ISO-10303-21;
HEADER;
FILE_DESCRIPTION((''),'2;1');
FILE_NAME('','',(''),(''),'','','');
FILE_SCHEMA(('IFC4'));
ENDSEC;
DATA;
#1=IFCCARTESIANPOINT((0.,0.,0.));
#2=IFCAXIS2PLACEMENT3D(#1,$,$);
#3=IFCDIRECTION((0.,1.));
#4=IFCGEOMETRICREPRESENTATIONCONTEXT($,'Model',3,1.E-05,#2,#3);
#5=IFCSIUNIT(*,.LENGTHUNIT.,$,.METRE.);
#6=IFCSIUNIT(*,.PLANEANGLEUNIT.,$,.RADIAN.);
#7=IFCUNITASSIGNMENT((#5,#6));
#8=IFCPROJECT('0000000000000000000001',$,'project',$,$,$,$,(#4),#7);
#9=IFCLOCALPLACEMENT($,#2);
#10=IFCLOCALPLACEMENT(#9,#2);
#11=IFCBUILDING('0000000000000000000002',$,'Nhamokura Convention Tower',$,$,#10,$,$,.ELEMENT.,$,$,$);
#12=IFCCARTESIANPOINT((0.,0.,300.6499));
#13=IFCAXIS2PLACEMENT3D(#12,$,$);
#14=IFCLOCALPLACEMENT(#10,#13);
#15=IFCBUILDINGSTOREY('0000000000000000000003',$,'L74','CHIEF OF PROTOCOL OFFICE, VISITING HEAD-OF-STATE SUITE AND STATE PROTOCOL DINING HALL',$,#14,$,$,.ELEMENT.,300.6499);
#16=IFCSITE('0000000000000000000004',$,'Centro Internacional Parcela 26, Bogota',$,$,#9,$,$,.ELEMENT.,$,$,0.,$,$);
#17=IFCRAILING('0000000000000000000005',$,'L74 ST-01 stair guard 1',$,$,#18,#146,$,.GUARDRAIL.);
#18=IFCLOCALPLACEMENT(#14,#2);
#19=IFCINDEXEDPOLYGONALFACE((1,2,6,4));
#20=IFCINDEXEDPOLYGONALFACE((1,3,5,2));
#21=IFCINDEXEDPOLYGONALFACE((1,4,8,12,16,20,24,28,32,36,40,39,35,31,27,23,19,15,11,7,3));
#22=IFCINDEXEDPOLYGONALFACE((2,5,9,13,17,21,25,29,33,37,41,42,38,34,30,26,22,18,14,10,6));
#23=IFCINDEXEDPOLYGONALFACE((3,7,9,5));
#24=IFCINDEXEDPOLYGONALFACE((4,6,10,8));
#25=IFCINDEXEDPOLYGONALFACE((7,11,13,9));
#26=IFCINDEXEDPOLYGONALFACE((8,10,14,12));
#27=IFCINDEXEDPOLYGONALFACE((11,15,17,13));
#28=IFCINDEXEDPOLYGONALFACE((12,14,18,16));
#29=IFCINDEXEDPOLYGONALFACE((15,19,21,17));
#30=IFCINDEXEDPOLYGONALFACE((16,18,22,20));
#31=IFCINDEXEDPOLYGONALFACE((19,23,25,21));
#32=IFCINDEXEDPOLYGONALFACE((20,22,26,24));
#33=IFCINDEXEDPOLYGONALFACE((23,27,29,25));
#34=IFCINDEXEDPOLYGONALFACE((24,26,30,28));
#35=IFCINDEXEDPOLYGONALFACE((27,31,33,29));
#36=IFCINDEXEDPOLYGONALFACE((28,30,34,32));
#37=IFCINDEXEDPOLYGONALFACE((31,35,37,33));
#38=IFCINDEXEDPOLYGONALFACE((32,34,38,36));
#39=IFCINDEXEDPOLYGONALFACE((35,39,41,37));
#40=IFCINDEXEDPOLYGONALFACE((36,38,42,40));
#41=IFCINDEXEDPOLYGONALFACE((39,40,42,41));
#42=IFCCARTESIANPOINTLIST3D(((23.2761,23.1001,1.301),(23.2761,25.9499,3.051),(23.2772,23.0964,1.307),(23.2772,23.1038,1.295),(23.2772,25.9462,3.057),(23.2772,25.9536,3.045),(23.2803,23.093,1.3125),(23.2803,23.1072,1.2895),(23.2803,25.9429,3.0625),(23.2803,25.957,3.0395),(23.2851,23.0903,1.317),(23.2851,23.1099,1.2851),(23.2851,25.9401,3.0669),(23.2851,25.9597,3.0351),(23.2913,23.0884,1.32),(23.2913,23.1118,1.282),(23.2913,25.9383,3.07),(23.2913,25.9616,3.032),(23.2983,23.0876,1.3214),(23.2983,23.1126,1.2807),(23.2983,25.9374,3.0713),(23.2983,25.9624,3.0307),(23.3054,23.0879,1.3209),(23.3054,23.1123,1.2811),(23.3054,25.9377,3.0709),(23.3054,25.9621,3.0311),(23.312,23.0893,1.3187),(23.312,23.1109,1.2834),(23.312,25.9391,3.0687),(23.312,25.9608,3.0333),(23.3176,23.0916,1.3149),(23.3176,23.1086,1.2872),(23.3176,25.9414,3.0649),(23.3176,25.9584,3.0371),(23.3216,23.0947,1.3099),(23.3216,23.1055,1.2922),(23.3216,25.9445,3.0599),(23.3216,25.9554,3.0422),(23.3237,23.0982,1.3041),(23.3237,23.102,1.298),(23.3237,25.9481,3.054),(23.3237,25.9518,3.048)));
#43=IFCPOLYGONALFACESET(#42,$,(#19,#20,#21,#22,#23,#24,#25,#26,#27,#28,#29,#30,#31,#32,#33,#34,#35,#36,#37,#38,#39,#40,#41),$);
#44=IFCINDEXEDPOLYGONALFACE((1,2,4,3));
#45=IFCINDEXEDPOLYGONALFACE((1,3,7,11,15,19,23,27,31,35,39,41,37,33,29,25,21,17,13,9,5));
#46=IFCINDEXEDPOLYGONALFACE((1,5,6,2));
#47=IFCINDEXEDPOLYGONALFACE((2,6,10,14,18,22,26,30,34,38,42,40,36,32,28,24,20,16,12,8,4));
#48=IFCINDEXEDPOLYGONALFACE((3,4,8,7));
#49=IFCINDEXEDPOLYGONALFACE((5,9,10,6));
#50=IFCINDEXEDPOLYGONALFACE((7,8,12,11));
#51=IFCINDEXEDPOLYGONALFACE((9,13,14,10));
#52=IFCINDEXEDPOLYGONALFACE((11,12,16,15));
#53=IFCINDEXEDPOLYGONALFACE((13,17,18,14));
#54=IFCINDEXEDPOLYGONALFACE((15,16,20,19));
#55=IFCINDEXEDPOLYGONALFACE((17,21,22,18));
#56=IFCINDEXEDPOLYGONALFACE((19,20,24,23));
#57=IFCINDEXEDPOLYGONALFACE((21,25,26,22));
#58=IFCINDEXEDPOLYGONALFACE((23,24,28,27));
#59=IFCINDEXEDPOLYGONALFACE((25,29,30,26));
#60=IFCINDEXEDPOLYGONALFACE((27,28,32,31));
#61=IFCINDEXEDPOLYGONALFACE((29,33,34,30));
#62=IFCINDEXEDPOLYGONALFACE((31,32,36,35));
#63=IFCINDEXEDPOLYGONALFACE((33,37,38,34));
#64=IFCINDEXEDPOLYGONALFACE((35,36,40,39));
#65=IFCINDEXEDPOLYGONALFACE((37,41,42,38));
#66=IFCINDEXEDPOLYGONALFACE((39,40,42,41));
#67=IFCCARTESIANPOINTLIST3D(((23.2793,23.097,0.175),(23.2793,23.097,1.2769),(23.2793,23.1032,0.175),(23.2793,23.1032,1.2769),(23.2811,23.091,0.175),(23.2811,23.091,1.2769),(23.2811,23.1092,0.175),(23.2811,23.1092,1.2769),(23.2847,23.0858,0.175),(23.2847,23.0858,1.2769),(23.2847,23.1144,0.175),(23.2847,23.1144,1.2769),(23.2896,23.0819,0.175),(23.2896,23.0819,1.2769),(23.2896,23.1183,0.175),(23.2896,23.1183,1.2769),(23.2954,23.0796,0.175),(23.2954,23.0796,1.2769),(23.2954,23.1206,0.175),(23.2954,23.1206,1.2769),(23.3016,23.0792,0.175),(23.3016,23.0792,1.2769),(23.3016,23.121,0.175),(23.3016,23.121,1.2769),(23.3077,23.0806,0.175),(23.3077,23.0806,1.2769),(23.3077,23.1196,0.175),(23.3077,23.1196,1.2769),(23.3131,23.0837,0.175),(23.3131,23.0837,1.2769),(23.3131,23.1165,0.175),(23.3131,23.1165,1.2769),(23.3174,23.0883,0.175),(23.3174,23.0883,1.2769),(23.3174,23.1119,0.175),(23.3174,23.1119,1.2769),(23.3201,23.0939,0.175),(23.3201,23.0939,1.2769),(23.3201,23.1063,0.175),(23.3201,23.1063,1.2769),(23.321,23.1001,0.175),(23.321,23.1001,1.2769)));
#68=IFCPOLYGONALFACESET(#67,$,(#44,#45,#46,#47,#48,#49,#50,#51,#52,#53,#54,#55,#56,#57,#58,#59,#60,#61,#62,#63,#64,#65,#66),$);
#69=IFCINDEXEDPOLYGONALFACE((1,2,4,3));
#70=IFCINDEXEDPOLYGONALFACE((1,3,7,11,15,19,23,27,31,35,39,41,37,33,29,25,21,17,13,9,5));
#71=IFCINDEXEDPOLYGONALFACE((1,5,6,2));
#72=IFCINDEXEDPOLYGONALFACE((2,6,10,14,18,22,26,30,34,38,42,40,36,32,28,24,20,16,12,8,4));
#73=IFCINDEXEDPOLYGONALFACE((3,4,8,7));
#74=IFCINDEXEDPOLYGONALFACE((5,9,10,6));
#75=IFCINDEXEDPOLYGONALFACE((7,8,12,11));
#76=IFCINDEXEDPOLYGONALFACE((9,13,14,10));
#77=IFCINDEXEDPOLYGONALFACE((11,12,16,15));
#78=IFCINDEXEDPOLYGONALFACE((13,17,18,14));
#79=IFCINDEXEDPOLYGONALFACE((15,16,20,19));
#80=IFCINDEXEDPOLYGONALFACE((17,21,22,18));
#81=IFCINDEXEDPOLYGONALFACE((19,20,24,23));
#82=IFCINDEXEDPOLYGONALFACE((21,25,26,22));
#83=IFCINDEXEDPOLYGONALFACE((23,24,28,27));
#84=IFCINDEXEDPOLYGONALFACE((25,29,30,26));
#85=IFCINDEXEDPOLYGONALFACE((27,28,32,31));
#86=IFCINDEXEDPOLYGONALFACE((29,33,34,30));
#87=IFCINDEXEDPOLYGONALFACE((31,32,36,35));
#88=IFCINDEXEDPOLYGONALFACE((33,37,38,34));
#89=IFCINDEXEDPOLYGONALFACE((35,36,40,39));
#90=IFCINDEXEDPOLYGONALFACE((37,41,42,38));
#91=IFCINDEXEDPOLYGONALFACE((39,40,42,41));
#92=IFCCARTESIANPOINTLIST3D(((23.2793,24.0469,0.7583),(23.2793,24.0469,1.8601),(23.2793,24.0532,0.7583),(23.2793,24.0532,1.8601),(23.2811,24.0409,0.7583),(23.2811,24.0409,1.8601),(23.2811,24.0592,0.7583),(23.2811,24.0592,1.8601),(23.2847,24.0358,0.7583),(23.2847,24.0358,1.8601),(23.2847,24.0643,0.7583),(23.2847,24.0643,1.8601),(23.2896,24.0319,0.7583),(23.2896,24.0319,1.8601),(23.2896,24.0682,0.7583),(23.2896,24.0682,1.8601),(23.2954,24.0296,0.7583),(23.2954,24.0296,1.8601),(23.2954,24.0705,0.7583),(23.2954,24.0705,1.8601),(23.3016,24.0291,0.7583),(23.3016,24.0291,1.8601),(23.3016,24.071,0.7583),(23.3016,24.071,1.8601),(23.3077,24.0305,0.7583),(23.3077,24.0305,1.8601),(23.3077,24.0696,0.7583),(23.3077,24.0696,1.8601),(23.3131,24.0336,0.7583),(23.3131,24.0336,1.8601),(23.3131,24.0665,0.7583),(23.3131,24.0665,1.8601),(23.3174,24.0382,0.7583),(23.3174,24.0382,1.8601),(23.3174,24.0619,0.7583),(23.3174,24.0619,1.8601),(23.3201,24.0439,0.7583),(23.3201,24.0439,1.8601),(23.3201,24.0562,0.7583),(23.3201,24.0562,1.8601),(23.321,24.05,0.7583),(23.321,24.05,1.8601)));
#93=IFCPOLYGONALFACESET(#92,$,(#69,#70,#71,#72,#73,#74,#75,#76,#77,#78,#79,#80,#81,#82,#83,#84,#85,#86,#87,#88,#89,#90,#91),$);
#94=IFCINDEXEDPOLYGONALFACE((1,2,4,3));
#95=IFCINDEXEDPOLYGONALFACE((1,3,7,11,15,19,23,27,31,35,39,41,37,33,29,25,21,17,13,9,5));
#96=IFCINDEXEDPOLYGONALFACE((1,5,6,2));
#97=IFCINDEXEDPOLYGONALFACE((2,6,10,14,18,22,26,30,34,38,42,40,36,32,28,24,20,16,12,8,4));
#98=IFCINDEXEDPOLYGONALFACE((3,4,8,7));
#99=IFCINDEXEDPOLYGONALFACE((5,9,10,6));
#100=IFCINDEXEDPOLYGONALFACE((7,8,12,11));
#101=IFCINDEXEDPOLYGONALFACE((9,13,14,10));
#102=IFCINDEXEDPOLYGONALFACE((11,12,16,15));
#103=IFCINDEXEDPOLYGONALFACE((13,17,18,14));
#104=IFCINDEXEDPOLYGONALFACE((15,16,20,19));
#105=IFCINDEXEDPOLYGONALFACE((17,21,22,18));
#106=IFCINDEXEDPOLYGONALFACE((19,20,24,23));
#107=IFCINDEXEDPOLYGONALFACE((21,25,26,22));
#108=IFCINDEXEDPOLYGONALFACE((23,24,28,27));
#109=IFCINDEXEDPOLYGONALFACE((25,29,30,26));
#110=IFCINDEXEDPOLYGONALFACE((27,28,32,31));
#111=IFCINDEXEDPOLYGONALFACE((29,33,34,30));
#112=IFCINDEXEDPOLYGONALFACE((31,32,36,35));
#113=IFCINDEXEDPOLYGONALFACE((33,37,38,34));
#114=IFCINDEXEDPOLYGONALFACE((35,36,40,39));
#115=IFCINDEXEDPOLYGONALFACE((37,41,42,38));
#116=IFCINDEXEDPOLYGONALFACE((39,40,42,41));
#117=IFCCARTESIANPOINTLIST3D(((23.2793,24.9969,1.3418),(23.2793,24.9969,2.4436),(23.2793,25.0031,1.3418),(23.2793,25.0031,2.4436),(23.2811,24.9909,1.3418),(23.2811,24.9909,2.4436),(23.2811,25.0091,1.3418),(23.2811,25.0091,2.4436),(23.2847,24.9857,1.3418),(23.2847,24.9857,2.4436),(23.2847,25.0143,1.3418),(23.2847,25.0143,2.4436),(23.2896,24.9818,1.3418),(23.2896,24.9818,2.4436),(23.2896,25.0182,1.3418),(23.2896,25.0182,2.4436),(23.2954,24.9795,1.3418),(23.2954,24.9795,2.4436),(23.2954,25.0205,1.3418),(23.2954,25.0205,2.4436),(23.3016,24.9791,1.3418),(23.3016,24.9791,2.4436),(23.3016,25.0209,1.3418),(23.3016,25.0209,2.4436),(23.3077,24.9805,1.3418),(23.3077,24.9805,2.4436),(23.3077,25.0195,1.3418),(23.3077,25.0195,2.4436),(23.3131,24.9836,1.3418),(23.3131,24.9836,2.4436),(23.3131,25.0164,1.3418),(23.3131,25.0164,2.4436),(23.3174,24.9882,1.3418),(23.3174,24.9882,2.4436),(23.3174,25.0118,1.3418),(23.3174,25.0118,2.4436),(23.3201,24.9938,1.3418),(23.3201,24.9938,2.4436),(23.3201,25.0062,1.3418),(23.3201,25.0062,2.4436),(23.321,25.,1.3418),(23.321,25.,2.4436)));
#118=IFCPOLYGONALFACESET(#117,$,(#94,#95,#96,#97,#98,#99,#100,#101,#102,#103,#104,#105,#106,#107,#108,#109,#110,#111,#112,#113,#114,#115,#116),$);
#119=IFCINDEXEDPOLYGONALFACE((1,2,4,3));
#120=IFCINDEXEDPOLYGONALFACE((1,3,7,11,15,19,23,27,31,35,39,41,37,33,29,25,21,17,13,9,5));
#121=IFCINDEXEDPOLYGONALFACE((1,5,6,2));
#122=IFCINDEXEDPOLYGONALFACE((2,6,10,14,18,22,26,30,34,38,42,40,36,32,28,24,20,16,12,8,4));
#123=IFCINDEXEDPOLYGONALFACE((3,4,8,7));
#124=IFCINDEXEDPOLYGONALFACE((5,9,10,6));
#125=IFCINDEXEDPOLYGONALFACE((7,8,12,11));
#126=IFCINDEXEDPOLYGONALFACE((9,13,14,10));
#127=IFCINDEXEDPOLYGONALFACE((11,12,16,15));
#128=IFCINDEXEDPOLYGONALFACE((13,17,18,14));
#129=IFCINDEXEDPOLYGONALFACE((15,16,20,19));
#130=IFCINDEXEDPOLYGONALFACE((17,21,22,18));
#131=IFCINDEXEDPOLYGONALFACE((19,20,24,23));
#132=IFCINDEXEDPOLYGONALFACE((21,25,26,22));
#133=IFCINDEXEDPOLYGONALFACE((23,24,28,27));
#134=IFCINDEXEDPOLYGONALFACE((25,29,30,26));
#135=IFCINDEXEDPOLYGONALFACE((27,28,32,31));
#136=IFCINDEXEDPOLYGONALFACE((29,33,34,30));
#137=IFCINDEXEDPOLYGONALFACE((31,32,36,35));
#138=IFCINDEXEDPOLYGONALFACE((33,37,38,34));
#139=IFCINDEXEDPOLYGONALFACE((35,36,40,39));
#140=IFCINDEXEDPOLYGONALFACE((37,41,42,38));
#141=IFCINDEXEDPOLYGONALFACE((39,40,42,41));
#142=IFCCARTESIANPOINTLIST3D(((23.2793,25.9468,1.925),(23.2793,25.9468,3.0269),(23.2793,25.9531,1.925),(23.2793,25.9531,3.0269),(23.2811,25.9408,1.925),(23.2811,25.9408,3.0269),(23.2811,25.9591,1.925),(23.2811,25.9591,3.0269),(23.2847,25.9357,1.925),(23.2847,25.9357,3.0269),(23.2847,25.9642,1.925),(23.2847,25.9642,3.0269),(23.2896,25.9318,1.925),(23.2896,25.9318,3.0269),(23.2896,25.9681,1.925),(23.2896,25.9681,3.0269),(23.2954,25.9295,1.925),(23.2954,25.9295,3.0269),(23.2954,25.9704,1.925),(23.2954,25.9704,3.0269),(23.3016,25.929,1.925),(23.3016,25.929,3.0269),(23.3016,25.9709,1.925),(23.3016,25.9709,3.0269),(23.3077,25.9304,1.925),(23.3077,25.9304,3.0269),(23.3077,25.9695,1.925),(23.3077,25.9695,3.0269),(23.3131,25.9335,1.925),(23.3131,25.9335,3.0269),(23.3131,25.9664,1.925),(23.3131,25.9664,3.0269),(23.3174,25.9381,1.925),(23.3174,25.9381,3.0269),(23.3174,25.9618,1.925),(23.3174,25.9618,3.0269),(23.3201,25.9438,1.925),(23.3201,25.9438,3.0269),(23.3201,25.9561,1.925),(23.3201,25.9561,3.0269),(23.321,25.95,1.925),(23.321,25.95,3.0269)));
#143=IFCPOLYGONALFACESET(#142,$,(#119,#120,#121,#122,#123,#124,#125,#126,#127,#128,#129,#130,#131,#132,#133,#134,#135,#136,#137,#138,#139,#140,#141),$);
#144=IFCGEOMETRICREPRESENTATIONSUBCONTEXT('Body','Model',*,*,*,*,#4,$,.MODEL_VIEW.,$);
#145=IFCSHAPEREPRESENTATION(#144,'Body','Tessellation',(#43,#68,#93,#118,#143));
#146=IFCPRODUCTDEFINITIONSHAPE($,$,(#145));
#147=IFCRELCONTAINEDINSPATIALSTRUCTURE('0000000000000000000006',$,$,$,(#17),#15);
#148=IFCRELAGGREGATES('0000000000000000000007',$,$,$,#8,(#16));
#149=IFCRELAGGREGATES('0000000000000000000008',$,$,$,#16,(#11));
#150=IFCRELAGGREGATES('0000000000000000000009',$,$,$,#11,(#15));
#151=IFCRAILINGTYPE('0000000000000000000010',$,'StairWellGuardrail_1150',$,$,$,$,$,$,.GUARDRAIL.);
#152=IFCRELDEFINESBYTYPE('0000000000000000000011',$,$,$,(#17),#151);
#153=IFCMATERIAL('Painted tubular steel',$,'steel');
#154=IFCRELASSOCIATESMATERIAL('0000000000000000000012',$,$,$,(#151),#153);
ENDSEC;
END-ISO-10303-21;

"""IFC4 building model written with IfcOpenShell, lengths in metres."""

from ifc_helpers import new_model, si_unit, direction, frame, origin, origin_2d, place, context, subcontext, project, spatial, circle, extrude, material, type_object, element, save


model = new_model("IFC4")

# Units and contexts
model_context = context("Model", 3, precision=1e-05, world=origin(), true_north=direction((0.0, 1.0)))
body_context = subcontext(model_context, "Body", "Model", "MODEL_VIEW")
ifc_project = project(units=[si_unit("LENGTHUNIT", "METRE"), si_unit("PLANEANGLEUNIT", "RADIAN")], contexts=[model_context])

# Site, building, storey
site_placement = place(None, origin())
site = spatial("IfcSite", under=ifc_project, at=site_placement, Name="Centro Internacional Parcela 26, Bogota", CompositionType="ELEMENT", RefElevation=0.0)
building_placement = place(site_placement, origin())
building = spatial("IfcBuilding", under=site, at=building_placement, Name="Nhamokura Convention Tower", CompositionType="ELEMENT")
storey_placement = place(building_placement, frame((0.0, 0.0, 300.6499)))
storey = spatial("IfcBuildingStorey", under=building, at=storey_placement, Name="L74", Description="CHIEF OF PROTOCOL OFFICE, VISITING HEAD-OF-STATE SUITE AND STATE PROTOCOL DINING HALL", CompositionType="ELEMENT", Elevation=300.6499)

# Railing
ifc_material_1 = material(Name="Painted tubular steel", Category="steel")
railing_type_1 = type_object("IfcRailingType", Name="StairWellGuardrail_1150", PredefinedType="GUARDRAIL", material=ifc_material_1)
railing_1_placement = place(storey_placement, frame((23.3, 23.1001, 0.175)))
element("IfcRailing", 1, at=railing_1_placement, inside=storey, type_object=railing_type_1, Name="L74 ST-01 stair guard 1", PredefinedType="GUARDRAIL", context=body_context, shape_type="SweptSolid", body=[
    extrude(circle(Radius=0.0239, at=origin_2d()), frame((0.0, 0.0, 1.126), z_axis=(0.0, 0.852159, 0.523283), x_axis=(-1.0, 0.0, 0.0)), (0.0, 0.0, 1.0), 3.3442),
    extrude(circle(Radius=0.021, at=origin_2d()), origin(), (0.0, 0.0, 1.0), 1.1018),
    extrude(circle(Radius=0.021, at=origin_2d()), frame((0.0, 0.95, 0.5833)), (0.0, 0.0, 1.0), 1.1018),
    extrude(circle(Radius=0.021, at=origin_2d()), frame((0.0, 1.8999, 1.1667)), (0.0, 0.0, 1.0), 1.1018),
    extrude(circle(Radius=0.021, at=origin_2d()), frame((0.0, 2.8499, 1.75)), (0.0, 0.0, 1.0), 1.1018),
])

save(model, "model.ifc")
